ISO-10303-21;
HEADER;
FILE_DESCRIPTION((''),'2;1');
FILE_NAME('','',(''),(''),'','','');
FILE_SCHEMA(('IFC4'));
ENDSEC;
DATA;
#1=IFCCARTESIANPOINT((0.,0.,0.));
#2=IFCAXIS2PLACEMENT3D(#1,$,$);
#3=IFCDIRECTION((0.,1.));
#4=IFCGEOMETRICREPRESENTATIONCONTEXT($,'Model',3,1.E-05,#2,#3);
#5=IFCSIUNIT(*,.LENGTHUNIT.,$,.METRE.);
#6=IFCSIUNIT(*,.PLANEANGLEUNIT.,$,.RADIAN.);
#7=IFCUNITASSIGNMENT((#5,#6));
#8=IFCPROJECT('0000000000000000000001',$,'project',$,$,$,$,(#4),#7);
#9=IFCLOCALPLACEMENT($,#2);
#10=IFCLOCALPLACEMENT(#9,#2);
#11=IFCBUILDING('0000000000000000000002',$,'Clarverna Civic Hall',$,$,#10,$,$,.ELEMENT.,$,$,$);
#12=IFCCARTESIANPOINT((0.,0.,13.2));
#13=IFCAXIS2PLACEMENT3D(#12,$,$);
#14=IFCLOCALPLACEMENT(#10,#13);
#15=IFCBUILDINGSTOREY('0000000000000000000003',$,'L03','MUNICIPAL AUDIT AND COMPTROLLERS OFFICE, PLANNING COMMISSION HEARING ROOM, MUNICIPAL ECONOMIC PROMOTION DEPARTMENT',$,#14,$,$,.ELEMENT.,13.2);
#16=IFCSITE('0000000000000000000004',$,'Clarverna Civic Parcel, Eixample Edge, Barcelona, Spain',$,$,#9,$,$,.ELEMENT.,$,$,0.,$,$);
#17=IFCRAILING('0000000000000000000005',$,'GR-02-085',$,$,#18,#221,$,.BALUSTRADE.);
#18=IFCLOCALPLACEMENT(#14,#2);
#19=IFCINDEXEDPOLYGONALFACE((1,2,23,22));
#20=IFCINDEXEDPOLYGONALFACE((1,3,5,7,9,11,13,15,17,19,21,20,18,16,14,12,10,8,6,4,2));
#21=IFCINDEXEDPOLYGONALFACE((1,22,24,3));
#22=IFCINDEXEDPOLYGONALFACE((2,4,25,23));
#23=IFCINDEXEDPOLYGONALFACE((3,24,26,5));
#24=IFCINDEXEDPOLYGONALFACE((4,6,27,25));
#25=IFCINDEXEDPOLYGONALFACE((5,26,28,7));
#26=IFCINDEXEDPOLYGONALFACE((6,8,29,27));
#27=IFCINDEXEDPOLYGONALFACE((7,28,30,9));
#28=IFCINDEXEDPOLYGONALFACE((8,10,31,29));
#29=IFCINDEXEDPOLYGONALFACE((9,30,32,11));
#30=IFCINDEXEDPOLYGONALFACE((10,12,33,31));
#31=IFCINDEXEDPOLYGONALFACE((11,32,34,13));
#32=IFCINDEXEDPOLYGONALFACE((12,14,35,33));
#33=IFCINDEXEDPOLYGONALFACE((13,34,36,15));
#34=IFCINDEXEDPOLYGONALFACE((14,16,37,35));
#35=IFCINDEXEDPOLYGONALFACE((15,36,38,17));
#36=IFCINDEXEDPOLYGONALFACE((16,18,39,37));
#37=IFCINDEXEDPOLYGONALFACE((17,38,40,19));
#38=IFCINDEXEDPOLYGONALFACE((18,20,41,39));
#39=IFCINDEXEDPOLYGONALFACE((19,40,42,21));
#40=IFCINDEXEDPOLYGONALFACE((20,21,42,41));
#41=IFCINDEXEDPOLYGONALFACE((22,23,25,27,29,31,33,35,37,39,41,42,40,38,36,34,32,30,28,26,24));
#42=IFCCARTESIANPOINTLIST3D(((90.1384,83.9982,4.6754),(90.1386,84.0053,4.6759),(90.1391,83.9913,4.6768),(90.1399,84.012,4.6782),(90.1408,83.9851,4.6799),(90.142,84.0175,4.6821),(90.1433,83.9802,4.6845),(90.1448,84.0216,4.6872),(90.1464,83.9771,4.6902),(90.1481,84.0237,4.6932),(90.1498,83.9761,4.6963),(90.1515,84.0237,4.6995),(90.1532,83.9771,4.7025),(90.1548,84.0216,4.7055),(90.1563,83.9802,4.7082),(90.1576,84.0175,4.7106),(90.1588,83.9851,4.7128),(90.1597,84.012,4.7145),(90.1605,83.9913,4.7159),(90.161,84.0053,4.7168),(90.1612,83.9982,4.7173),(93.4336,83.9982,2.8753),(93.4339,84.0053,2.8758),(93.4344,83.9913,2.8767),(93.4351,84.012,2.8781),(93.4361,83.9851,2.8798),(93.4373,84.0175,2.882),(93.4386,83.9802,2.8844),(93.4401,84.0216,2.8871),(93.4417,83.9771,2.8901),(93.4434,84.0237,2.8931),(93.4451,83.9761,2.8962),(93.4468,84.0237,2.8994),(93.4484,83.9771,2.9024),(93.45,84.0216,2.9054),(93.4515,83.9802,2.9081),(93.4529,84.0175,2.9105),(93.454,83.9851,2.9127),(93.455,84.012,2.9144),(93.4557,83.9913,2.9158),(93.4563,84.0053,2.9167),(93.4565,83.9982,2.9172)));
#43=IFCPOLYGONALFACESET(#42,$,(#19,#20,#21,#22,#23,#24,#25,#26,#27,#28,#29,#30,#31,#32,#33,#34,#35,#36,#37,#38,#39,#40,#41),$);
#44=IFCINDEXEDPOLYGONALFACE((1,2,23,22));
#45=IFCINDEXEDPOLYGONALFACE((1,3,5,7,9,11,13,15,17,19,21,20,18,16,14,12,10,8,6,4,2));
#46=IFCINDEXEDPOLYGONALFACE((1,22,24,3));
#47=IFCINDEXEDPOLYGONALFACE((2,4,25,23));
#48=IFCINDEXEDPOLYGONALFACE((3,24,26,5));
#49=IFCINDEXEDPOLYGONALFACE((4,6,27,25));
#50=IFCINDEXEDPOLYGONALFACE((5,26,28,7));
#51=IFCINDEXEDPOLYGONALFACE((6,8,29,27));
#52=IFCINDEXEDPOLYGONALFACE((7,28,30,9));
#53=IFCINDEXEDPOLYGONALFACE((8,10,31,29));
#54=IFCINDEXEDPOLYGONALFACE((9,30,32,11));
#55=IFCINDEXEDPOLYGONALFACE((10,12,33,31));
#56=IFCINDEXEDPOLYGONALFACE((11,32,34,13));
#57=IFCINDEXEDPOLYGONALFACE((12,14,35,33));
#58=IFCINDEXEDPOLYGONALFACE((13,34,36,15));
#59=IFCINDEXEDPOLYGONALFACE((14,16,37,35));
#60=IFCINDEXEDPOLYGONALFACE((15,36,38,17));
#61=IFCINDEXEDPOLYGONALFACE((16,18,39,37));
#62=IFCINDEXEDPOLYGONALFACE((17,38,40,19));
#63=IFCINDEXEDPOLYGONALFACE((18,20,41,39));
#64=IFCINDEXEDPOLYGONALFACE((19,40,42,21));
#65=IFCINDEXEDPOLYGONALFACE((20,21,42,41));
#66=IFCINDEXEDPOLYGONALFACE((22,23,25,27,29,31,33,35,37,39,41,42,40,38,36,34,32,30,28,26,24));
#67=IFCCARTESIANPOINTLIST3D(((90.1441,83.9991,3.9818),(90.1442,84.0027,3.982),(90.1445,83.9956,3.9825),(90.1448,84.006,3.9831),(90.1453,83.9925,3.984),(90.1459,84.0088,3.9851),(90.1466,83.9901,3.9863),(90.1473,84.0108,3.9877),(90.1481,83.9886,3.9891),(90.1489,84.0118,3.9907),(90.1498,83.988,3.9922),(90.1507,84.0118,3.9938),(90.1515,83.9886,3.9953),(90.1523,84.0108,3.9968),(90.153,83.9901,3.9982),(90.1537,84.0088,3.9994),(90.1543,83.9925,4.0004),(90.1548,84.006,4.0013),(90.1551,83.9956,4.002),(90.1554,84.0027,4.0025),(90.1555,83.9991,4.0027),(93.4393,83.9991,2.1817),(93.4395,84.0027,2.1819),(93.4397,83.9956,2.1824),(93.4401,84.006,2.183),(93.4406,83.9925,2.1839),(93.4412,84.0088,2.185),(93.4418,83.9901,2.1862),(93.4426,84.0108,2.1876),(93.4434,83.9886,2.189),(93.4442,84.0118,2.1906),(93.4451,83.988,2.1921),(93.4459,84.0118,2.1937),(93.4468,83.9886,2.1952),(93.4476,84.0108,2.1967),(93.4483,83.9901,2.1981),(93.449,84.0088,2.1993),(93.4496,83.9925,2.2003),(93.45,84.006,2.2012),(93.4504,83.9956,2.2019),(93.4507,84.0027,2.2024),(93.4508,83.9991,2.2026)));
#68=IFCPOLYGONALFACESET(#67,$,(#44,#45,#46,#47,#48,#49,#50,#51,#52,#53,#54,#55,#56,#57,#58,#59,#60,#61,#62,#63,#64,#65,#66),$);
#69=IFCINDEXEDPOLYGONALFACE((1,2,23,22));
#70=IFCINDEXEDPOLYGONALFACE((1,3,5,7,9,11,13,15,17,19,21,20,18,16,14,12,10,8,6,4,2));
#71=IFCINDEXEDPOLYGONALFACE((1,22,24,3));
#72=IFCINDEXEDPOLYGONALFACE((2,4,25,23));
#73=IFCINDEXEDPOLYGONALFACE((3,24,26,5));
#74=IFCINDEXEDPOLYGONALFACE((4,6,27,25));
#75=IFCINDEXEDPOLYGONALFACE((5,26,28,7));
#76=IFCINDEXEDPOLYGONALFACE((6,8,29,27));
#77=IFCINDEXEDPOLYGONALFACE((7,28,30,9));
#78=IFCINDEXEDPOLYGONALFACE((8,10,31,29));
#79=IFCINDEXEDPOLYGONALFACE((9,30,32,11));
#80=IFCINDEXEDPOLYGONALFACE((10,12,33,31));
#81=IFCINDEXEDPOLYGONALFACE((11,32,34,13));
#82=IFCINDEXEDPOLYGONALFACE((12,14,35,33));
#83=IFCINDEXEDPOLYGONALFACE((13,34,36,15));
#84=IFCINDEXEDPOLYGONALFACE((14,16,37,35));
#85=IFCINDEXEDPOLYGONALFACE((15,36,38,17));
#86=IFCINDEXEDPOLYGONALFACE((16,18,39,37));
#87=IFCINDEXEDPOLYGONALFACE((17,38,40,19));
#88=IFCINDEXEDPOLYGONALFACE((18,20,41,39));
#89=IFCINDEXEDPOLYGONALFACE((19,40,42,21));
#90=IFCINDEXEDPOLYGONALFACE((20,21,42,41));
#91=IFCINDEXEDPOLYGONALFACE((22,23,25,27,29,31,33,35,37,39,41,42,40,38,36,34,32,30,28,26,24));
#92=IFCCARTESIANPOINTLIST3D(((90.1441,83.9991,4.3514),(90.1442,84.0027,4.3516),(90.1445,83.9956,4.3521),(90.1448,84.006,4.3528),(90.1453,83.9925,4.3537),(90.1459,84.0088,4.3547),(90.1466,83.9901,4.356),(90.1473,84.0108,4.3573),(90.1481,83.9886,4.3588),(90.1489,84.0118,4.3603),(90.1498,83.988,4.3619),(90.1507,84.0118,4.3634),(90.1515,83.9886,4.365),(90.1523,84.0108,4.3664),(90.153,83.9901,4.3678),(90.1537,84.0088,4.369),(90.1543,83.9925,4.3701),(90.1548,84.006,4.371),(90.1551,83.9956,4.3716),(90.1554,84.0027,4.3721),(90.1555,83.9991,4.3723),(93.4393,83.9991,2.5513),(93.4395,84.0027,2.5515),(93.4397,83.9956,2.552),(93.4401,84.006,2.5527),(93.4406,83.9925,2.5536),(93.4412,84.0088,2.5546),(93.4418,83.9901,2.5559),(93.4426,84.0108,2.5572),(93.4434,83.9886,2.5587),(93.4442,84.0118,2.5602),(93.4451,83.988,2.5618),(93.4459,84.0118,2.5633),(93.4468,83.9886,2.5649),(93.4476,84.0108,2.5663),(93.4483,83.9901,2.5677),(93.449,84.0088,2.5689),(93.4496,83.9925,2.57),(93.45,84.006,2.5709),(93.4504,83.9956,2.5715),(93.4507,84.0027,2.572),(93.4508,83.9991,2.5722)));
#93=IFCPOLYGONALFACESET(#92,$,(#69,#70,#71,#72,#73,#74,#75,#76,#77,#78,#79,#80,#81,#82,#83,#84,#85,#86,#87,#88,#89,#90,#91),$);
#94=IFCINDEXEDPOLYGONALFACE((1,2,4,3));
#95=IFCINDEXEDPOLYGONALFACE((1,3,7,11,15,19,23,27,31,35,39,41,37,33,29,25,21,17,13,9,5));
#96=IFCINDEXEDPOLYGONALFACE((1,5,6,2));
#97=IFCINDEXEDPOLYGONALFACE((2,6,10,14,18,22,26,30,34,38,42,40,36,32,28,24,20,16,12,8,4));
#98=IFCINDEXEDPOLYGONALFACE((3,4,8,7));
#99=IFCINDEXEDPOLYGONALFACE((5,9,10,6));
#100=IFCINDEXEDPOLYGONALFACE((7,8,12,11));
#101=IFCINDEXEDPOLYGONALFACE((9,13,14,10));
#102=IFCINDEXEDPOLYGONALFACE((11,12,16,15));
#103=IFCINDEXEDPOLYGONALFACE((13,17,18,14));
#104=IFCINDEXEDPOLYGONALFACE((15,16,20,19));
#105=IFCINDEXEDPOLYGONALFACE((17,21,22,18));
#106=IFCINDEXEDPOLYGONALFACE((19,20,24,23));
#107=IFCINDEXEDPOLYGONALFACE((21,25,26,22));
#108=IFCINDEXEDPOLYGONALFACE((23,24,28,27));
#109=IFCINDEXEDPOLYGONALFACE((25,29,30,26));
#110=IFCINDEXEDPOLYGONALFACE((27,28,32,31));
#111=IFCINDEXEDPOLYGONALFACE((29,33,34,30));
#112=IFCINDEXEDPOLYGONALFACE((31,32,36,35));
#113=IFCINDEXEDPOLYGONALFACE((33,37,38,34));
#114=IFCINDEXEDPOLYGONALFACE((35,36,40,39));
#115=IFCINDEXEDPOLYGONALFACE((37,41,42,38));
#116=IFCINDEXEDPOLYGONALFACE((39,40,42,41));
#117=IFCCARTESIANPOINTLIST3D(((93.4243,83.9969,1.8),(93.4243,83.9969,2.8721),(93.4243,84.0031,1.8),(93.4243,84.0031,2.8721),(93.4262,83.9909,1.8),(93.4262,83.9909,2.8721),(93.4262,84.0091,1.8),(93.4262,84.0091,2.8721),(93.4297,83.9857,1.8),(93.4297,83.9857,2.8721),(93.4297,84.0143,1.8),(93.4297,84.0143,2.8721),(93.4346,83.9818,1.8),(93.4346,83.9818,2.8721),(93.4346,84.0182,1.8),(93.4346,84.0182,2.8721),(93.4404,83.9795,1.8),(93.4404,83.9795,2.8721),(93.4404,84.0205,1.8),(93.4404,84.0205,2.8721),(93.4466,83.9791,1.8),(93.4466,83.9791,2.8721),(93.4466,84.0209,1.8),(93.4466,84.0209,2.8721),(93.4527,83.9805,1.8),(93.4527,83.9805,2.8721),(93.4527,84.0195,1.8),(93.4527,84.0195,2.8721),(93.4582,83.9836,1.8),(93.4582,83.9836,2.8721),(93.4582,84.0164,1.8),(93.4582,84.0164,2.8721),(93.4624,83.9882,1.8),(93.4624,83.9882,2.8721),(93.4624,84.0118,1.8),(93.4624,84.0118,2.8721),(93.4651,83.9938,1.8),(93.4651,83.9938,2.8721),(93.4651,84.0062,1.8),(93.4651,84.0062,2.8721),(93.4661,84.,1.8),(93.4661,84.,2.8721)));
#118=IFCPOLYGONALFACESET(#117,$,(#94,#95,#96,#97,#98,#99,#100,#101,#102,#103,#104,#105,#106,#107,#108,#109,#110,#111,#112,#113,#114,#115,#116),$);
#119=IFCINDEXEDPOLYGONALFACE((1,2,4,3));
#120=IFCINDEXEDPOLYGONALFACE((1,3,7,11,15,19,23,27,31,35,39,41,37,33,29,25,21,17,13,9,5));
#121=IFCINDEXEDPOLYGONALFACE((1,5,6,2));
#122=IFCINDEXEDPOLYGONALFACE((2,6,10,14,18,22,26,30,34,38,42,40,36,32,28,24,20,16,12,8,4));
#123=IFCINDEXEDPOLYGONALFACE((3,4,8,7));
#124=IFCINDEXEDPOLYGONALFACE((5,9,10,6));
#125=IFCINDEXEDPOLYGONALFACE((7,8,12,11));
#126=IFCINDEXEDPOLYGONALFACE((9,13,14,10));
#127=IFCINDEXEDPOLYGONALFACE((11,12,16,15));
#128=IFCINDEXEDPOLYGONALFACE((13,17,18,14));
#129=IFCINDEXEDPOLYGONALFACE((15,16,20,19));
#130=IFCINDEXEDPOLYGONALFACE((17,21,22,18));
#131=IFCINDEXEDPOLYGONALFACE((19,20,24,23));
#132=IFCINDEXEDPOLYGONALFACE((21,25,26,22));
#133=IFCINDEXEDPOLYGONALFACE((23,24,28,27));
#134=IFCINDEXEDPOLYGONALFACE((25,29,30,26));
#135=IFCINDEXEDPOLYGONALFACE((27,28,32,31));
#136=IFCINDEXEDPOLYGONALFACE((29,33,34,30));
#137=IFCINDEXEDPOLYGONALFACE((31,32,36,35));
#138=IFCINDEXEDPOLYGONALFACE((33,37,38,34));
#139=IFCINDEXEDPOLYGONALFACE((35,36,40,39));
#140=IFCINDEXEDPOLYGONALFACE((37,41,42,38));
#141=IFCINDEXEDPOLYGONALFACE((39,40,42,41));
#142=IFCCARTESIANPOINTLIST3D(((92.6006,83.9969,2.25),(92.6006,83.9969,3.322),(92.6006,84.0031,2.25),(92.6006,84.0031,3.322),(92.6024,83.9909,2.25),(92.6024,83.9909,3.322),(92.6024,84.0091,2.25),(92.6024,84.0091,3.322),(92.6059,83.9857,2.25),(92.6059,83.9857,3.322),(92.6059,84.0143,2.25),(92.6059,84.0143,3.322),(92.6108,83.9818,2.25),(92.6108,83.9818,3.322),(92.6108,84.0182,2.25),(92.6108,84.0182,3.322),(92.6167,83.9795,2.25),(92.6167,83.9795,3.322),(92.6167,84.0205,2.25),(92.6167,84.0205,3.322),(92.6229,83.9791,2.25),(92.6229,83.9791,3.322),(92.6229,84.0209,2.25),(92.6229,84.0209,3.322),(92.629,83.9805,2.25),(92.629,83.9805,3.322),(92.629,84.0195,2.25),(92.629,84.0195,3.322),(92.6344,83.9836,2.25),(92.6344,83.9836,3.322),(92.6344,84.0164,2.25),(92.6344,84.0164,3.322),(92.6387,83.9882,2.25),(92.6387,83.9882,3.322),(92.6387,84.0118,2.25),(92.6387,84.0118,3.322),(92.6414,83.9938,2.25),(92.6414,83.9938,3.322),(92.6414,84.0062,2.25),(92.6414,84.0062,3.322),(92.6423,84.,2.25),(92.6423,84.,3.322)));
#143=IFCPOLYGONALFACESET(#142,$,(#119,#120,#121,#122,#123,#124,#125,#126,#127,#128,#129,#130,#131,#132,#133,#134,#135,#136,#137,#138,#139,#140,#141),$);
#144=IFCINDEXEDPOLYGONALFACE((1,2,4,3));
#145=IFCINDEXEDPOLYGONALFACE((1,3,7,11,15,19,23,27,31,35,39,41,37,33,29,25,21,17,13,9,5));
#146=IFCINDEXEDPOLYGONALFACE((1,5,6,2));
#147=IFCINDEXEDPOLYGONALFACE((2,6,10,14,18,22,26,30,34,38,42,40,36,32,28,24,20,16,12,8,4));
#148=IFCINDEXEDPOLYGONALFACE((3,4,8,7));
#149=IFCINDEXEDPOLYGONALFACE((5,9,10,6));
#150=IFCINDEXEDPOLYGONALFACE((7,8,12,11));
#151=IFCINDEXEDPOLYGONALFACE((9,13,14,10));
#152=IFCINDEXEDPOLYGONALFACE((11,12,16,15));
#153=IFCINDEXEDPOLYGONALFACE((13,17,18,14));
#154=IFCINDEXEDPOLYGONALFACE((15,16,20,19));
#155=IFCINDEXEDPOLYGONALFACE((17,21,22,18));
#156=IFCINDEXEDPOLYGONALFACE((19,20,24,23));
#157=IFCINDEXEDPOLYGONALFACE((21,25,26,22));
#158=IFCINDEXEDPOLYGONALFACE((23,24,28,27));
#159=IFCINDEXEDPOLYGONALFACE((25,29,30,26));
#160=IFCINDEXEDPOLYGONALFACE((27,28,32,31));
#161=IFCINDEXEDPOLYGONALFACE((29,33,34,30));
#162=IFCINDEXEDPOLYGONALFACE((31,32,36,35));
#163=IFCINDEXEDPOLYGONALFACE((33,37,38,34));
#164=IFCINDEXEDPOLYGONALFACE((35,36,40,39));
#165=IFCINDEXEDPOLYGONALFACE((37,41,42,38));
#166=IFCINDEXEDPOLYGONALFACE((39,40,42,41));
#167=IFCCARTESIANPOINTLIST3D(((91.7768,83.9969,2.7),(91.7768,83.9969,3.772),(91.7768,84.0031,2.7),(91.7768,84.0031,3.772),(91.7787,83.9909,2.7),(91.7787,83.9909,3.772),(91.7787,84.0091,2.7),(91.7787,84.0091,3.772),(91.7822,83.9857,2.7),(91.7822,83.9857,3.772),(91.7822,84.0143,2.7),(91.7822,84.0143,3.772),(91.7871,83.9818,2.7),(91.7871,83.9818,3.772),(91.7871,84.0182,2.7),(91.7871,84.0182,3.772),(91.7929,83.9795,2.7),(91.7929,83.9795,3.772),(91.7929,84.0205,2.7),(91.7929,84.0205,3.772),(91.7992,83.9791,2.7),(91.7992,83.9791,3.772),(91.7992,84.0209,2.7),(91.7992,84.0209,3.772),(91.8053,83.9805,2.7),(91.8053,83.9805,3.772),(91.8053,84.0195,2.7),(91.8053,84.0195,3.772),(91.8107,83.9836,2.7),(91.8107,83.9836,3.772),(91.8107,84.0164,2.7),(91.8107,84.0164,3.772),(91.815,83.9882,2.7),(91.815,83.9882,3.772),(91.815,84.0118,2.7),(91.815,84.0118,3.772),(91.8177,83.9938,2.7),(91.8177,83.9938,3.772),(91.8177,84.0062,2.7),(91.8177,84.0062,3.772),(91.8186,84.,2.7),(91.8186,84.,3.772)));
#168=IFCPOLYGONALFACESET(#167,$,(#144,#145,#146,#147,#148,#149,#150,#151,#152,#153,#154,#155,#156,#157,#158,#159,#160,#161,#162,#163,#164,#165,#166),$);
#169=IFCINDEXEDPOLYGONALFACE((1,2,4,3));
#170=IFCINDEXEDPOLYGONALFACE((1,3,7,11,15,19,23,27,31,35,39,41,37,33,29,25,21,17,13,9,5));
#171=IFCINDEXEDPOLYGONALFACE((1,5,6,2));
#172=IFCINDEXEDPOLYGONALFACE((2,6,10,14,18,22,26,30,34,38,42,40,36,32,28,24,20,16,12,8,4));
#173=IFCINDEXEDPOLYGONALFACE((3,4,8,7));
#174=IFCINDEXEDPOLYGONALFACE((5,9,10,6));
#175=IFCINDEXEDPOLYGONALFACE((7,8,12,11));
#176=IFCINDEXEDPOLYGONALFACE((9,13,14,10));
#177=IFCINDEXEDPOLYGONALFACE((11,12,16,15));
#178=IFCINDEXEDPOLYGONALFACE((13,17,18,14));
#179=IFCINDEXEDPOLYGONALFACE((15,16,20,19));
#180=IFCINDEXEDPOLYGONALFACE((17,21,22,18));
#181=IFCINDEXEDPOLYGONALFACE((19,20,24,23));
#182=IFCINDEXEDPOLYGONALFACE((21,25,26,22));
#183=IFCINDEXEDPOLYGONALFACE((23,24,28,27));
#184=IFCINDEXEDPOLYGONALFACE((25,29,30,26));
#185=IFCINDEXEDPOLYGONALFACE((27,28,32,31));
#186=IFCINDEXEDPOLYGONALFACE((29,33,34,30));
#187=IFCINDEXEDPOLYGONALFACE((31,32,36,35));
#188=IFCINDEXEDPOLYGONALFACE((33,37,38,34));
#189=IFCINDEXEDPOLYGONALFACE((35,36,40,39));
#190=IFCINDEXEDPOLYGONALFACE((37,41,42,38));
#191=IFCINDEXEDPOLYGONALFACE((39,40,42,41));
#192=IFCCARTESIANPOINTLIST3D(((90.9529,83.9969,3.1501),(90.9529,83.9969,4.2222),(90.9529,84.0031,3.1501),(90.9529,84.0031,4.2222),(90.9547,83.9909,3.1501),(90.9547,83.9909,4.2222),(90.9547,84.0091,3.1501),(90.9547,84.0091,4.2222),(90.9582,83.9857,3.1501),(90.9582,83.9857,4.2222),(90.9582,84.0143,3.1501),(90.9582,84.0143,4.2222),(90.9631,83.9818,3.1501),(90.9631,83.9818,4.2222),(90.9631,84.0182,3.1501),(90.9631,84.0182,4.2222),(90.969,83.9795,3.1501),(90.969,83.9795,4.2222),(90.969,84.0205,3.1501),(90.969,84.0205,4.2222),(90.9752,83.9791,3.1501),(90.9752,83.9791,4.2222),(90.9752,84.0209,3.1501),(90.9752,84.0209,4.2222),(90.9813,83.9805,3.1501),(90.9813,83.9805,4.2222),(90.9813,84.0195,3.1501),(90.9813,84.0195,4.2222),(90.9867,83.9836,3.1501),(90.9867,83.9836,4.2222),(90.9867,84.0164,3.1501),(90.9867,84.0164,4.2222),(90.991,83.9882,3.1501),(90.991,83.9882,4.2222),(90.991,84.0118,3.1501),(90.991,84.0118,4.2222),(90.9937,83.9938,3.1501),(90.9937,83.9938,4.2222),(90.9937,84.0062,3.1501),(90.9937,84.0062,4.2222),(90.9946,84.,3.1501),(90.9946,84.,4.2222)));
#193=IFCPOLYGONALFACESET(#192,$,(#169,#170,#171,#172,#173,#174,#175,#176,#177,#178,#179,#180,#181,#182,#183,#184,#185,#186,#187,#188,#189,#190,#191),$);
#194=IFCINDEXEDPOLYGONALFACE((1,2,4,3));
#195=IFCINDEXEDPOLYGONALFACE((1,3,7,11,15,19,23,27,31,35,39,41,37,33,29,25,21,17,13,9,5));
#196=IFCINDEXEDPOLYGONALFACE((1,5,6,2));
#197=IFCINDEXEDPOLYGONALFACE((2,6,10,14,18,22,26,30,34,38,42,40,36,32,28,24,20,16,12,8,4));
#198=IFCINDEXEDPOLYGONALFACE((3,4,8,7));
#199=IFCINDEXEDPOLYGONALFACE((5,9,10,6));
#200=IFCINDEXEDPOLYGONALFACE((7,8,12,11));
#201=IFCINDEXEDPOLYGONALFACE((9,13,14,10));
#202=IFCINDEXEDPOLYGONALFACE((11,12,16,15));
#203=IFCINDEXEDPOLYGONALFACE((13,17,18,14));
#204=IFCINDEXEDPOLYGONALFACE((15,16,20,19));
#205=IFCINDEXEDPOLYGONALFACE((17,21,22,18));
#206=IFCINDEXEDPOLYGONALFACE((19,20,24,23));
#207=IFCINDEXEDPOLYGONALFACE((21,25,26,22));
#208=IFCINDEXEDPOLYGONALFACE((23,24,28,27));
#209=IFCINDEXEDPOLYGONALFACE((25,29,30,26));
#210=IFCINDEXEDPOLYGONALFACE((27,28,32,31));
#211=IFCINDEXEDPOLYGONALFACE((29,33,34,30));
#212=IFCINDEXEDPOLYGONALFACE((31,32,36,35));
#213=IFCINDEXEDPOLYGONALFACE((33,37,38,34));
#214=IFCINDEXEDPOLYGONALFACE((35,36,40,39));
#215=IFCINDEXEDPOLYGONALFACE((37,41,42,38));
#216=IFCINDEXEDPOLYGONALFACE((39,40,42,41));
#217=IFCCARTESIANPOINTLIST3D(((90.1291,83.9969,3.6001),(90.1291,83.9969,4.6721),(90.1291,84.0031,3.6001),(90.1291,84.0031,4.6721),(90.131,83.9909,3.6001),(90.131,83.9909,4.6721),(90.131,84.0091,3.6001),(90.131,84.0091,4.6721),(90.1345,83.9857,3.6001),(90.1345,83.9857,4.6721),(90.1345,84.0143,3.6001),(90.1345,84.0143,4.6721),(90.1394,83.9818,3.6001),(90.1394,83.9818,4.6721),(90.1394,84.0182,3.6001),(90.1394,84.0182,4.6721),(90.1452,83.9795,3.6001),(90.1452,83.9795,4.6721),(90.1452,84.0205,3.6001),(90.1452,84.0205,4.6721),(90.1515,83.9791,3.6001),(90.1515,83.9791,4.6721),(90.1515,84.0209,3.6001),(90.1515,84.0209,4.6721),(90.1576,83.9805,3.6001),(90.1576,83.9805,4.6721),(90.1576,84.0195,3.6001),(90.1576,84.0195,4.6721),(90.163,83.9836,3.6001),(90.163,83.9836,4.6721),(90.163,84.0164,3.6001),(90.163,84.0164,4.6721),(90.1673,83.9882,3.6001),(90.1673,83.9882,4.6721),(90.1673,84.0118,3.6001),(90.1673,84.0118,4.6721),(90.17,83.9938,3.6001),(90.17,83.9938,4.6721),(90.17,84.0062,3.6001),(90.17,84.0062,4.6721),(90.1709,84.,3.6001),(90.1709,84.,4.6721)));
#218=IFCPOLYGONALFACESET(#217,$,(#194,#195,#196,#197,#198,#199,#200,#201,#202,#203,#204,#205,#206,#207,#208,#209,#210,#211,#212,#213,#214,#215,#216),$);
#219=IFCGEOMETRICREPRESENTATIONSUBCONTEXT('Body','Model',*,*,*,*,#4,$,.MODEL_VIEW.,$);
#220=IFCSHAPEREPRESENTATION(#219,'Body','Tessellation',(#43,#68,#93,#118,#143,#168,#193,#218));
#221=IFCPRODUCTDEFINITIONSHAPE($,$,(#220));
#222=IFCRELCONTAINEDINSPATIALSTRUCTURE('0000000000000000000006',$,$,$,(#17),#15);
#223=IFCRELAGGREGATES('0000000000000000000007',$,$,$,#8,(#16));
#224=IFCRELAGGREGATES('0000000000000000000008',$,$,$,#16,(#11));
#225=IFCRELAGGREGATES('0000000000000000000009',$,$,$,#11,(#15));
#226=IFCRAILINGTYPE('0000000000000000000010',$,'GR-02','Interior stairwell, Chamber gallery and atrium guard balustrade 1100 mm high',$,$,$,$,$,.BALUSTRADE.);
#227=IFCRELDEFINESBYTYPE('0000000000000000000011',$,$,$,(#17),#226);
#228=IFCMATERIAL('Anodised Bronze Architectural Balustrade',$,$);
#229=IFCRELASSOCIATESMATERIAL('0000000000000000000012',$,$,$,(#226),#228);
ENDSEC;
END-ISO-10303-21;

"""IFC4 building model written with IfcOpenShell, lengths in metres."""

from ifc_helpers import new_model, si_unit, direction, frame, origin, origin_2d, place, context, subcontext, project, spatial, circle, extrude, material, type_object, element, save


model = new_model("IFC4")

# Units and contexts
model_context = context("Model", 3, precision=1e-05, world=origin(), true_north=direction((0.0, 1.0)))
body_context = subcontext(model_context, "Body", "Model", "MODEL_VIEW")
ifc_project = project(units=[si_unit("LENGTHUNIT", "METRE"), si_unit("PLANEANGLEUNIT", "RADIAN")], contexts=[model_context])

# Site, building, storey
site_placement = place(None, origin())
site = spatial("IfcSite", under=ifc_project, at=site_placement, Name="Clarverna Civic Parcel, Eixample Edge, Barcelona, Spain", CompositionType="ELEMENT", RefElevation=0.0)
building_placement = place(site_placement, origin())
building = spatial("IfcBuilding", under=site, at=building_placement, Name="Clarverna Civic Hall", CompositionType="ELEMENT")
storey_placement = place(building_placement, frame((0.0, 0.0, 13.2)))
storey = spatial("IfcBuildingStorey", under=building, at=storey_placement, Name="L03", Description="MUNICIPAL AUDIT AND COMPTROLLERS OFFICE, PLANNING COMMISSION HEARING ROOM, MUNICIPAL ECONOMIC PROMOTION DEPARTMENT", CompositionType="ELEMENT", Elevation=13.2)

# Railing
ifc_material_1 = material(Name="Anodised Bronze Architectural Balustrade")
railing_type_1 = type_object("IfcRailingType", Name="GR-02", Description="Interior stairwell, Chamber gallery and atrium guard balustrade 1100 mm high", PredefinedType="BALUSTRADE", material=ifc_material_1)
railing_1_placement = place(storey_placement, frame((93.4451, 84.0, 1.8)))
element("IfcRailing", 1, at=railing_1_placement, inside=storey, type_object=railing_type_1, Name="GR-02-085", PredefinedType="BALUSTRADE", context=body_context, shape_type="SweptSolid", body=[
    extrude(circle(Radius=0.0239, at=origin_2d()), frame((0.0, 0.0, 1.0962), z_axis=(-0.877595, 0.0, 0.479403), x_axis=(0.0, -1.0, 0.0)), (0.0, 0.0, 1.0), 3.7549),
    extrude(circle(Radius=0.012, at=origin_2d()), frame((0.0, 0.0, 0.3921), z_axis=(-0.877595, 0.0, 0.479403), x_axis=(0.0, -1.0, 0.0)), (0.0, 0.0, 1.0), 3.7549),
    extrude(circle(Radius=0.012, at=origin_2d()), frame((0.0, 0.0, 0.7617), z_axis=(-0.877595, 0.0, 0.479403), x_axis=(0.0, -1.0, 0.0)), (0.0, 0.0, 1.0), 3.7549),
    extrude(circle(Radius=0.021, at=origin_2d()), origin(), (0.0, 0.0, 1.0), 1.072),
    extrude(circle(Radius=0.021, at=origin_2d()), frame((-0.8237, 0.0, 0.45)), (0.0, 0.0, 1.0), 1.072),
    extrude(circle(Radius=0.021, at=origin_2d()), frame((-1.6475, 0.0, 0.8999)), (0.0, 0.0, 1.0), 1.072),
    extrude(circle(Radius=0.021, at=origin_2d()), frame((-2.4714, 0.0, 1.3501)), (0.0, 0.0, 1.0), 1.072),
    extrude(circle(Radius=0.021, at=origin_2d()), frame((-3.2952, 0.0, 1.8)), (0.0, 0.0, 1.0), 1.072),
])

save(model, "model.ifc")
